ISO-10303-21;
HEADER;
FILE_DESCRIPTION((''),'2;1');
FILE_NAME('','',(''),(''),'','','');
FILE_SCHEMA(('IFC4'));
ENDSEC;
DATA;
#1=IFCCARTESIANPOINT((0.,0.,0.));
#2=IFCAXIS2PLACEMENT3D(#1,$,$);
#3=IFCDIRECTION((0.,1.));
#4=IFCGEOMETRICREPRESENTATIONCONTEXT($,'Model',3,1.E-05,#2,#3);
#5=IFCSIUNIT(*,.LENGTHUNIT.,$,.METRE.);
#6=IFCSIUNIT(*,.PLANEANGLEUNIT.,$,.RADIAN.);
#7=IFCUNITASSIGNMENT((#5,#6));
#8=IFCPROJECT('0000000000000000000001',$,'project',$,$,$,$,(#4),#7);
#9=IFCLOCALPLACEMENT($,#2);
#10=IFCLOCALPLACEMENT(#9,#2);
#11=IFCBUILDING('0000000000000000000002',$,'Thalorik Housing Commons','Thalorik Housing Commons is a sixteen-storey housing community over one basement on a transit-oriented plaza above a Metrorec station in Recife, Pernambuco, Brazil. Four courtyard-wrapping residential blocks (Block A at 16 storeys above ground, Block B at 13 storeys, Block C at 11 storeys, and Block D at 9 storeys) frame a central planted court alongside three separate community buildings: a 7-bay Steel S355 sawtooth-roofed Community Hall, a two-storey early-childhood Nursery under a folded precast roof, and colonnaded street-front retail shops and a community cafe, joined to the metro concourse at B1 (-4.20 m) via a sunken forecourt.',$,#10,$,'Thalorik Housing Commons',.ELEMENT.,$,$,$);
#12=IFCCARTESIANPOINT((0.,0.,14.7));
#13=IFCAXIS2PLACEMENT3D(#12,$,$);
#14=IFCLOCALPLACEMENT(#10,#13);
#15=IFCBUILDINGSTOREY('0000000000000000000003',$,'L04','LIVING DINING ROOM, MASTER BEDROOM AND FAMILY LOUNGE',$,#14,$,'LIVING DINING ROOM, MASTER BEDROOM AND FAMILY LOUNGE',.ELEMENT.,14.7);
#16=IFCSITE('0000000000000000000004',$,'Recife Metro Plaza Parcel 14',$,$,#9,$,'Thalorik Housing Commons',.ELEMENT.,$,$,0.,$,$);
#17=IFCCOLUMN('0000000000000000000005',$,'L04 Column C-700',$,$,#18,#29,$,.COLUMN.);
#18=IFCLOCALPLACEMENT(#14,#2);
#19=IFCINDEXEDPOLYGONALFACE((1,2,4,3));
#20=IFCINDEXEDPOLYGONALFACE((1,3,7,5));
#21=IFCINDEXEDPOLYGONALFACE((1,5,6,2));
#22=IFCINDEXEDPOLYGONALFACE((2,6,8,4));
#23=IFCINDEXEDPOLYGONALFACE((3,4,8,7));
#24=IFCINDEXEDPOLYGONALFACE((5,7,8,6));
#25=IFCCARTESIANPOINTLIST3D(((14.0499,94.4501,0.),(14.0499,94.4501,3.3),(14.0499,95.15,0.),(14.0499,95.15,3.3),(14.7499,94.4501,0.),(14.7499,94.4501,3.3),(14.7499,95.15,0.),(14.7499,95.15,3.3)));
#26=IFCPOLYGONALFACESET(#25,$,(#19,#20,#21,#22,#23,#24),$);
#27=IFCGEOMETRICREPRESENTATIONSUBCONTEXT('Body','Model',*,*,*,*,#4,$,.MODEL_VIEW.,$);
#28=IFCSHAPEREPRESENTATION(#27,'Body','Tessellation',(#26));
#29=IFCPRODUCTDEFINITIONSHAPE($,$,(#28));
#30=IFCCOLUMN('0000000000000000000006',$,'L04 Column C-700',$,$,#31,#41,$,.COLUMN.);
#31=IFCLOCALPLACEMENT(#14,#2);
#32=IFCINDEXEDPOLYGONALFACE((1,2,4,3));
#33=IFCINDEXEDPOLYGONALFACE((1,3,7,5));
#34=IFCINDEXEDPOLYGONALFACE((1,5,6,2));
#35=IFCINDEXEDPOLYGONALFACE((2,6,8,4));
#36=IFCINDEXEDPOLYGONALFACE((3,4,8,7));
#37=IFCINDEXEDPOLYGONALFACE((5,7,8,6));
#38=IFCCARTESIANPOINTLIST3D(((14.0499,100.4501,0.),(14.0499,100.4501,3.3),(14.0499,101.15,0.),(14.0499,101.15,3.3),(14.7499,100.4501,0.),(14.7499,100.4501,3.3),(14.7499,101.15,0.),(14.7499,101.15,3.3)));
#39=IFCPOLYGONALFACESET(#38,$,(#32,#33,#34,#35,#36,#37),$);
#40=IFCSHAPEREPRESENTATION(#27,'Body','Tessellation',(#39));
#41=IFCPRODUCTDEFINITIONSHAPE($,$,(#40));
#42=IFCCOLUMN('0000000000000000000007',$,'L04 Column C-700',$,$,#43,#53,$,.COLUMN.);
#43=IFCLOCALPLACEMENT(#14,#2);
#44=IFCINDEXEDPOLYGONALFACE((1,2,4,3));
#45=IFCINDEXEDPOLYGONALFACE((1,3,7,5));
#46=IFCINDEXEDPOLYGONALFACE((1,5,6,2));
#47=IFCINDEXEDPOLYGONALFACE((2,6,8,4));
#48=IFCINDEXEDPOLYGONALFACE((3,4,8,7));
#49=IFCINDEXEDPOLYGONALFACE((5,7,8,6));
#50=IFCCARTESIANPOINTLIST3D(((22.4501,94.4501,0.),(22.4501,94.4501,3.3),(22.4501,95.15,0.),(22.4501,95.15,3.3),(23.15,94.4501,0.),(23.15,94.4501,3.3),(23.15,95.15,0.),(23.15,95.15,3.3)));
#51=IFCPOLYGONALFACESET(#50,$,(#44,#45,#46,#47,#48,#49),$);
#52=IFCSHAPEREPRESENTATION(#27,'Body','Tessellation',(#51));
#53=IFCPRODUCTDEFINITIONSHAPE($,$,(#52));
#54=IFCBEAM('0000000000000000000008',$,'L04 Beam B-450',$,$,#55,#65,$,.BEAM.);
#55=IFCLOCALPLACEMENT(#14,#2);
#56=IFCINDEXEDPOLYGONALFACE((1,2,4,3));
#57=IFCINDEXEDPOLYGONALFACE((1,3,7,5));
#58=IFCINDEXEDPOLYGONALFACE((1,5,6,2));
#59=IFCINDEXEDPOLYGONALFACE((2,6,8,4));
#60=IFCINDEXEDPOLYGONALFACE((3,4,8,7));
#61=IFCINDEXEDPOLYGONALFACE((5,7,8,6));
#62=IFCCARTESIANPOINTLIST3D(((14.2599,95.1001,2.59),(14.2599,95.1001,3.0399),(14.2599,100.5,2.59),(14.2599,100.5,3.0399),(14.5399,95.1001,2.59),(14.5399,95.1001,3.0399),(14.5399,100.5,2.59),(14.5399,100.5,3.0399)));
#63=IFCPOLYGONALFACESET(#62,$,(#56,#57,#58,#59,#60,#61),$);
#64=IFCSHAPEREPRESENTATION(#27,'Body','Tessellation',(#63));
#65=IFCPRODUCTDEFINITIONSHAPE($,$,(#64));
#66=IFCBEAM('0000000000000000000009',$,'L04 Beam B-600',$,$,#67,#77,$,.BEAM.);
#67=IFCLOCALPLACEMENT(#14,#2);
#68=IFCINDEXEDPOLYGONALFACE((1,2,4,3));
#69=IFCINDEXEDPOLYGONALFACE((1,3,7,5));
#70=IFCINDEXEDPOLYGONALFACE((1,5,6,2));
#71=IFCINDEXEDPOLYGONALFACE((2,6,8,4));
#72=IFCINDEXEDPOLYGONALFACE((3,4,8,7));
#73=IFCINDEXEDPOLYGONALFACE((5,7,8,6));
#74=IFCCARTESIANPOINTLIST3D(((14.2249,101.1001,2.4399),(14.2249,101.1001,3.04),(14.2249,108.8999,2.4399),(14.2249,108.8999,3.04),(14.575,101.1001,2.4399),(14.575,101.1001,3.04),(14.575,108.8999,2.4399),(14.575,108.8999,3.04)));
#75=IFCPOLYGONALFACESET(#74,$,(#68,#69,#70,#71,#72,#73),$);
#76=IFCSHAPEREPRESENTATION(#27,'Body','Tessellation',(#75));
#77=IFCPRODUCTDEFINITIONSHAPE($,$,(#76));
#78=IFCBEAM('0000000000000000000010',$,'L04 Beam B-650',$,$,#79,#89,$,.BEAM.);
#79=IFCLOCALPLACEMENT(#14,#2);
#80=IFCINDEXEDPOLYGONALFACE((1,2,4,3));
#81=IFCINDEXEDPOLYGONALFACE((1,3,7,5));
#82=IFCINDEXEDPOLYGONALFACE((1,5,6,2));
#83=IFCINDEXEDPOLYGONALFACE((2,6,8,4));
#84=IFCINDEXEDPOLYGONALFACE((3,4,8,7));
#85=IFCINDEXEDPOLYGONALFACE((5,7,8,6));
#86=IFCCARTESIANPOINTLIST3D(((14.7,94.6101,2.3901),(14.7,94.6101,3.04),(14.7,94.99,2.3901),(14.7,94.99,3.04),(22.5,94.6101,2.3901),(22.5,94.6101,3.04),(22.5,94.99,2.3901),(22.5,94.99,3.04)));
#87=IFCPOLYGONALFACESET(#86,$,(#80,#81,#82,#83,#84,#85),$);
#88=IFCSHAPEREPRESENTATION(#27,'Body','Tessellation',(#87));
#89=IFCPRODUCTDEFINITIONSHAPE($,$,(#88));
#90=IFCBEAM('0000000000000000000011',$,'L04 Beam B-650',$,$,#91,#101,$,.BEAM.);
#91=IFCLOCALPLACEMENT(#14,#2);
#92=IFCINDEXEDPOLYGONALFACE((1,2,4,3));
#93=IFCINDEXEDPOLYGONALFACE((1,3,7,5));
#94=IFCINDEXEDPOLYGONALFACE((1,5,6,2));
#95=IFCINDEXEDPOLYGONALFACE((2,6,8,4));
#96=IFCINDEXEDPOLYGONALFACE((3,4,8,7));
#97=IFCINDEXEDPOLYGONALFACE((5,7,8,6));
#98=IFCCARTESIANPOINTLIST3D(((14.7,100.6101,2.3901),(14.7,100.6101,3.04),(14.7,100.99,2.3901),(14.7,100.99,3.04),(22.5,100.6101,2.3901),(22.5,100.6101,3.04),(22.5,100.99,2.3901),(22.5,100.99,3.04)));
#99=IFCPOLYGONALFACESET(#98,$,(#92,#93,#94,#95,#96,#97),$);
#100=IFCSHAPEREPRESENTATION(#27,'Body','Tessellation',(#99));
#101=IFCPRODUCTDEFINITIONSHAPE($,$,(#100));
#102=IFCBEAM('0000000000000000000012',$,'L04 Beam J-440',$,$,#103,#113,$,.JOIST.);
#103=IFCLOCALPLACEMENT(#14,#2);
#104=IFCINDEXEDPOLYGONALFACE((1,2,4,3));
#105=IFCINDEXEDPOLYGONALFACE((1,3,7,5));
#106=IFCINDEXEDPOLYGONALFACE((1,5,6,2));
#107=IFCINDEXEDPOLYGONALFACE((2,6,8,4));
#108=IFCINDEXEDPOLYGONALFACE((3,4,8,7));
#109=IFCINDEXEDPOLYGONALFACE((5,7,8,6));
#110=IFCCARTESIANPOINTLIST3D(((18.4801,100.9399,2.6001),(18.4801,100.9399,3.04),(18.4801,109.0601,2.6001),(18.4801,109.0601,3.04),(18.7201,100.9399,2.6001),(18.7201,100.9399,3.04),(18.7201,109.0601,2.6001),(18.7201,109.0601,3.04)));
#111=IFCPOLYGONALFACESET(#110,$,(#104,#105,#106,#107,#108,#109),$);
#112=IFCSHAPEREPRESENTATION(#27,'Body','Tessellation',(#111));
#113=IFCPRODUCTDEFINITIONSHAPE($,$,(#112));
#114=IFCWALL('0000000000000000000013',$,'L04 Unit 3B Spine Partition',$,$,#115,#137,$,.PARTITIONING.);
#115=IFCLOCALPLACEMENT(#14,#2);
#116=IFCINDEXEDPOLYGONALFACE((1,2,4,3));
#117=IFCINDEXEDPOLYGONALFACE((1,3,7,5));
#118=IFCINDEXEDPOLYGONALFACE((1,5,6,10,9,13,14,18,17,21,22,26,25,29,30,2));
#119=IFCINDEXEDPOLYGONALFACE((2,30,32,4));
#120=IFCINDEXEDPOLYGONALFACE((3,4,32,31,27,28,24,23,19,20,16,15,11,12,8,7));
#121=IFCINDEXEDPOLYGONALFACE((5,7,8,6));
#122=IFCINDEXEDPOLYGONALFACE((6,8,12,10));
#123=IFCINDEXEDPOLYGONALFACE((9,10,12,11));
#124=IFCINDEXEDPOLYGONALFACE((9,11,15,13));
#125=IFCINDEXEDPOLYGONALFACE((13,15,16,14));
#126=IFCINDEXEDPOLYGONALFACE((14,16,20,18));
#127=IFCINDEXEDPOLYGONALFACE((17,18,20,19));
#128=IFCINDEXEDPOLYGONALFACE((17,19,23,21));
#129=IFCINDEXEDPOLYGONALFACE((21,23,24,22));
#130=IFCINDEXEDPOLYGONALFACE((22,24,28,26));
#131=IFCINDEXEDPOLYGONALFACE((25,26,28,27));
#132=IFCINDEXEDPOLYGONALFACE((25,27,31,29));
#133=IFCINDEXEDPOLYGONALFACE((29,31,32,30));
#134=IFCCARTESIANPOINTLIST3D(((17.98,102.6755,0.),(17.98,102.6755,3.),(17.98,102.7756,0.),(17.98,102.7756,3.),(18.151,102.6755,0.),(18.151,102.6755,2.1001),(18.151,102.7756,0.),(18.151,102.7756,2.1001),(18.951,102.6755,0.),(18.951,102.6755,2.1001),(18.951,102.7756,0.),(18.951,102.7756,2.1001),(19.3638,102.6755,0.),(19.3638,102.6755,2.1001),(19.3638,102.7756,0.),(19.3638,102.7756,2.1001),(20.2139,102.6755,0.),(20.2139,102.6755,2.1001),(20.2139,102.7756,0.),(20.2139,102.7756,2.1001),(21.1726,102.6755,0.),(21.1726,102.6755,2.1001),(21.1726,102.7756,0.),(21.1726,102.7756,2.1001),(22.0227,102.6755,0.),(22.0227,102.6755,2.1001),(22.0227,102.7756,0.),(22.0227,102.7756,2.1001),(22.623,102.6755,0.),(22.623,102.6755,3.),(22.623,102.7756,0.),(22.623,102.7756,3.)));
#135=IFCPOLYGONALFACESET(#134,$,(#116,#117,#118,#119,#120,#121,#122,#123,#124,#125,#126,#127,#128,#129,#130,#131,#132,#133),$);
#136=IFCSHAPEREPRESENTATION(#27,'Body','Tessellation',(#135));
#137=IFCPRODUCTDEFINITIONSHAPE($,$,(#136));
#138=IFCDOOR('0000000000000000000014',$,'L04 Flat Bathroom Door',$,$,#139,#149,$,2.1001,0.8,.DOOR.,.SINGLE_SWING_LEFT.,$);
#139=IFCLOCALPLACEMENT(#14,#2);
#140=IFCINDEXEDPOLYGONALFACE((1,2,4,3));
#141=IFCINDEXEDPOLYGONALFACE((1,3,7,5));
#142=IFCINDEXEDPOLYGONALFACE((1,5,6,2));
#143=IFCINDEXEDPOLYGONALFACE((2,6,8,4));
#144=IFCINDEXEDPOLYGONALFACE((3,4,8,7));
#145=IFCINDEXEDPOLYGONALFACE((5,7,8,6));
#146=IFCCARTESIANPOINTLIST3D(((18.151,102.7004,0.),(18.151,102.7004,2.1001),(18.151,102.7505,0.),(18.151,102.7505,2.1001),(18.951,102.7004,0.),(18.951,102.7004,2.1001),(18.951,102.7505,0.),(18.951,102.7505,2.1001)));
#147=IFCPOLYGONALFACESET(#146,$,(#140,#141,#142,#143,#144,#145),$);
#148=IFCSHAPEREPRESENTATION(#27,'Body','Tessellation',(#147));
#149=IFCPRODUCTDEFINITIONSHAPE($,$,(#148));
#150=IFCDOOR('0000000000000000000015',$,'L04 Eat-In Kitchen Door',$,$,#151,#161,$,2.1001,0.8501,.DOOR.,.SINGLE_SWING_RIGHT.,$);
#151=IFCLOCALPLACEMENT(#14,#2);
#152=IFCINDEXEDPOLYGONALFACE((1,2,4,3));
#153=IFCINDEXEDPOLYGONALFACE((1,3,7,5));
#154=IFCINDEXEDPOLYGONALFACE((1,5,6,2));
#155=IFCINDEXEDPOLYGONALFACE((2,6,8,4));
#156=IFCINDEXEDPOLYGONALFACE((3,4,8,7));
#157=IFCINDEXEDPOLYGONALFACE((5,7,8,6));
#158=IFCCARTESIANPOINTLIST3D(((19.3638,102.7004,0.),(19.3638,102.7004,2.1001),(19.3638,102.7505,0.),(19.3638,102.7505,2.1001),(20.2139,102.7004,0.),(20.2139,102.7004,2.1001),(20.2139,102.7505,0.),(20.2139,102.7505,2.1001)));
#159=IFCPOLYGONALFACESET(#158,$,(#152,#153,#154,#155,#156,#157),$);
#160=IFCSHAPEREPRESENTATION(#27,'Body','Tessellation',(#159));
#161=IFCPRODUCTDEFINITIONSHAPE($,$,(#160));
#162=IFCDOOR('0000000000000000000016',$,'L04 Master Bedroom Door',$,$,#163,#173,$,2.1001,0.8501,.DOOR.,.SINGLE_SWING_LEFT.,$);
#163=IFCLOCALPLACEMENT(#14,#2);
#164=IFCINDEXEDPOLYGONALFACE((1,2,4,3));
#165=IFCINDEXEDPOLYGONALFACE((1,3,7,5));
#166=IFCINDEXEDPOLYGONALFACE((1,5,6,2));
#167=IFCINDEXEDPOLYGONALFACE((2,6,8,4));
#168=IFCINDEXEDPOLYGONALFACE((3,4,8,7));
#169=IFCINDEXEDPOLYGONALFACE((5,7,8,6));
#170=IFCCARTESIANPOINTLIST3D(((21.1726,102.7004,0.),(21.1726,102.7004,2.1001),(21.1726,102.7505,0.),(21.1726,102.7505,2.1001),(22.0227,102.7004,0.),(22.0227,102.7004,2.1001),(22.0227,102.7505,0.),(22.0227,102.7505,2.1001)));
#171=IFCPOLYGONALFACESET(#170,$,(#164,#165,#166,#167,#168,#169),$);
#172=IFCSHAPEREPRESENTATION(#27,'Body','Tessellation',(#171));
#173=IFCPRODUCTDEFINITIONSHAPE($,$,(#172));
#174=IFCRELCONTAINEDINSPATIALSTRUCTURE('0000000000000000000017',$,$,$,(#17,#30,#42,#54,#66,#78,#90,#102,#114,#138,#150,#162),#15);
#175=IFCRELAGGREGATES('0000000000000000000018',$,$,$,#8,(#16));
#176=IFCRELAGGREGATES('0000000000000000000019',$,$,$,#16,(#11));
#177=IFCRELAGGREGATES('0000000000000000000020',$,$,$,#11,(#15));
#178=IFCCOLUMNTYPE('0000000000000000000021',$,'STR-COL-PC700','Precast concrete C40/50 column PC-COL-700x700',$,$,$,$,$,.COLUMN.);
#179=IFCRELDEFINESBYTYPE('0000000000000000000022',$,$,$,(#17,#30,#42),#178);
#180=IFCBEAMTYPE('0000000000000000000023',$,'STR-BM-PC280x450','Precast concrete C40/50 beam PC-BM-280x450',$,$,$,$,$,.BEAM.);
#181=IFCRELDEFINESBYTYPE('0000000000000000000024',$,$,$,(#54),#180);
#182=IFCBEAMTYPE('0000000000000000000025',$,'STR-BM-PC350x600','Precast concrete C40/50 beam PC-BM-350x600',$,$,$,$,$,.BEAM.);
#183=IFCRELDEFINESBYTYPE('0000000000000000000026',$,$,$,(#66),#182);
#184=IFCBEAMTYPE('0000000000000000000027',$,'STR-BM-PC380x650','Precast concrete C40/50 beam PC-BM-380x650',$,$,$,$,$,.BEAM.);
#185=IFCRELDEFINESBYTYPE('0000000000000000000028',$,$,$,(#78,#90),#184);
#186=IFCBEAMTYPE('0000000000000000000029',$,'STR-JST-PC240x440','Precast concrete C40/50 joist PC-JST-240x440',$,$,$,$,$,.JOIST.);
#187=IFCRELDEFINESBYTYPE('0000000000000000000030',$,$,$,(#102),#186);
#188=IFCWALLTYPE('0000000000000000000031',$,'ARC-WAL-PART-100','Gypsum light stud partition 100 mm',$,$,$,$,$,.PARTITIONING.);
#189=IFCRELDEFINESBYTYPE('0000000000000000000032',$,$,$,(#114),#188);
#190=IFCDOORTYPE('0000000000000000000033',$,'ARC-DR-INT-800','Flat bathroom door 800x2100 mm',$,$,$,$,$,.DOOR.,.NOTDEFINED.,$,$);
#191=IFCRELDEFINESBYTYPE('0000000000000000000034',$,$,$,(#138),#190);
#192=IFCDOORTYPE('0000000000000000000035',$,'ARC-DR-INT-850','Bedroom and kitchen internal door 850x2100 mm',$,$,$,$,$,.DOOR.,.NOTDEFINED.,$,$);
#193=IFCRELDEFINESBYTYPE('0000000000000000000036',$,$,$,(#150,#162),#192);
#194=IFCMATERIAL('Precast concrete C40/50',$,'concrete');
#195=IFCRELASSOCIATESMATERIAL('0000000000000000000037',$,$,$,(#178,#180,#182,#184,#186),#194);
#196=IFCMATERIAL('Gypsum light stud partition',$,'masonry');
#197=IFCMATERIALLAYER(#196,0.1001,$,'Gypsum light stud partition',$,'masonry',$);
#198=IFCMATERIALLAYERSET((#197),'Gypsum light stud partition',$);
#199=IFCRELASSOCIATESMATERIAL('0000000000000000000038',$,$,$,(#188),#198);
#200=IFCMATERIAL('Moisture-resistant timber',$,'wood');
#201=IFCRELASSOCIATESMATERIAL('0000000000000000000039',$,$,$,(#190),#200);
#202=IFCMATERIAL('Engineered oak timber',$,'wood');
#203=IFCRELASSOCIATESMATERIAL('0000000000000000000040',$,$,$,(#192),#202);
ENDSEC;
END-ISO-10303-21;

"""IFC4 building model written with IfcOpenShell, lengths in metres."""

from ifc_helpers import new_model, si_unit, direction, frame, frame_2d, origin, origin_2d, place, context, subcontext, project, spatial, rectangle, extrude, material, layer, layer_set, material_profile, profile_set, type_object, element, fill, save


model = new_model("IFC4")

# Units and contexts
model_context = context("Model", 3, precision=1e-05, world=origin(), true_north=direction((0.0, 1.0)))
body_context = subcontext(model_context, "Body", "Model", "MODEL_VIEW")
ifc_project = project(units=[si_unit("LENGTHUNIT", "METRE"), si_unit("PLANEANGLEUNIT", "RADIAN")], contexts=[model_context])

# Site, building, storey
site_placement = place(None, origin())
site = spatial("IfcSite", under=ifc_project, at=site_placement, Name="Recife Metro Plaza Parcel 14", LongName="Thalorik Housing Commons", CompositionType="ELEMENT", RefElevation=0.0)
building_placement = place(site_placement, origin())
building = spatial("IfcBuilding", under=site, at=building_placement, Name="Thalorik Housing Commons", Description="Thalorik Housing Commons is a sixteen-storey housing community over one basement on a transit-oriented plaza above a Metrorec station in Recife, Pernambuco, Brazil. Four courtyard-wrapping residential blocks (Block A at 16 storeys above ground, Block B at 13 storeys, Block C at 11 storeys, and Block D at 9 storeys) frame a central planted court alongside three separate community buildings: a 7-bay Steel S355 sawtooth-roofed Community Hall, a two-storey early-childhood Nursery under a folded precast roof, and colonnaded street-front retail shops and a community cafe, joined to the metro concourse at B1 (-4.20 m) via a sunken forecourt.", LongName="Thalorik Housing Commons", CompositionType="ELEMENT")
storey_placement = place(building_placement, frame((0.0, 0.0, 14.7)))
storey = spatial("IfcBuildingStorey", under=building, at=storey_placement, Name="L04", Description="LIVING DINING ROOM, MASTER BEDROOM AND FAMILY LOUNGE", LongName="LIVING DINING ROOM, MASTER BEDROOM AND FAMILY LOUNGE", CompositionType="ELEMENT", Elevation=14.7)

# Columns
ifc_material_1 = material(Name="Precast concrete C40/50", Category="concrete")
ifc_material_profile_1 = material_profile(ifc_material_1, rectangle(XDim=0.7, YDim=0.7, at=origin_2d()), Name="PC 700x700", Category="concrete")
ifc_profile_set_1 = profile_set([ifc_material_profile_1], Name="Precast concrete C40/50")
column_type = type_object("IfcColumnType", Name="STR-COL-PC700", Description="Precast concrete C40/50 column PC-COL-700x700", PredefinedType="COLUMN", material=ifc_profile_set_1)
for number, where, z_axis, x_axis, name in (
    (1, (14.3999, 94.8, 0.0), (0.0, 0.0, 1.0), (1.0, 0.0, 0.0), "L04 Column C-700"),
    (2, (14.3999, 100.8, 0.0), (0.0, 0.0, 1.0), (1.0, 0.0, 0.0), "L04 Column C-700"),
    (3, (22.8, 94.8, 0.0), (0.0, 0.0, 1.0), (1.0, 0.0, 0.0), "L04 Column C-700"),
):
    element("IfcColumn", number, at=place(storey_placement, frame(where, z_axis=z_axis, x_axis=x_axis)), inside=storey, type_object=column_type, Name=name, PredefinedType="COLUMN", context=body_context, shape_type="SweptSolid", body=[
        extrude(rectangle(XDim=0.7, YDim=0.7, at=origin_2d()), origin(), (0.0, 0.0, 1.0), 3.3),
    ])

# Beams
ifc_material_profile_2 = material_profile(ifc_material_1, rectangle(XDim=0.28, YDim=0.45, at=origin_2d()), Name="PC 280x450", Category="concrete")
ifc_profile_set_2 = profile_set([ifc_material_profile_2], Name="Precast concrete C40/50")
beam_type_1 = type_object("IfcBeamType", Name="STR-BM-PC280x450", Description="Precast concrete C40/50 beam PC-BM-280x450", PredefinedType="BEAM", material=ifc_profile_set_2)
beam_1_placement = place(storey_placement, frame((14.3999, 95.1001, 2.8149), z_axis=(0.0, 1.0, 0.0), x_axis=(-1.0, 0.0, 0.0)))
element("IfcBeam", 4, at=beam_1_placement, inside=storey, type_object=beam_type_1, Name="L04 Beam B-450", PredefinedType="BEAM", context=body_context, shape_type="SweptSolid", body=[
    extrude(rectangle(XDim=0.28, YDim=0.45, at=origin_2d()), origin(), (0.0, 0.0, 1.0), 5.3999),
])
ifc_material_profile_3 = material_profile(ifc_material_1, rectangle(XDim=0.3501, YDim=0.6001, at=origin_2d()), Name="PC 350x600", Category="concrete")
ifc_profile_set_3 = profile_set([ifc_material_profile_3], Name="Precast concrete C40/50")
beam_type_2 = type_object("IfcBeamType", Name="STR-BM-PC350x600", Description="Precast concrete C40/50 beam PC-BM-350x600", PredefinedType="BEAM", material=ifc_profile_set_3)
beam_2_placement = place(storey_placement, frame((14.3999, 101.1001, 2.74), z_axis=(0.0, 1.0, 0.0), x_axis=(-1.0, 0.0, 0.0)))
element("IfcBeam", 5, at=beam_2_placement, inside=storey, type_object=beam_type_2, Name="L04 Beam B-600", PredefinedType="BEAM", context=body_context, shape_type="SweptSolid", body=[
    extrude(rectangle(XDim=0.3501, YDim=0.6001, at=origin_2d()), origin(), (0.0, 0.0, 1.0), 7.7998),
])
ifc_material_profile_4 = material_profile(ifc_material_1, rectangle(XDim=0.3799, YDim=0.6499, at=origin_2d()), Name="PC 380x650", Category="concrete")
ifc_profile_set_4 = profile_set([ifc_material_profile_4], Name="Precast concrete C40/50")
beam_type_3 = type_object("IfcBeamType", Name="STR-BM-PC380x650", Description="Precast concrete C40/50 beam PC-BM-380x650", PredefinedType="BEAM", material=ifc_profile_set_4)
for number, where, z_axis, x_axis, name in (
    (6, (14.7, 94.8, 2.7151), (1.0, 0.0, 0.0), (0.0, 1.0, 0.0), "L04 Beam B-650"),
    (7, (14.7, 100.8, 2.7151), (1.0, 0.0, 0.0), (0.0, 1.0, 0.0), "L04 Beam B-650"),
):
    element("IfcBeam", number, at=place(storey_placement, frame(where, z_axis=z_axis, x_axis=x_axis)), inside=storey, type_object=beam_type_3, Name=name, PredefinedType="BEAM", context=body_context, shape_type="SweptSolid", body=[
        extrude(rectangle(XDim=0.3799, YDim=0.6499, at=origin_2d()), origin(), (0.0, 0.0, 1.0), 7.8),
    ])
ifc_material_profile_5 = material_profile(ifc_material_1, rectangle(XDim=0.24, YDim=0.4399, at=origin_2d()), Name="PC JST 240x440", Category="concrete")
ifc_profile_set_5 = profile_set([ifc_material_profile_5], Name="Precast concrete C40/50")
beam_type_4 = type_object("IfcBeamType", Name="STR-JST-PC240x440", Description="Precast concrete C40/50 joist PC-JST-240x440", PredefinedType="JOIST", material=ifc_profile_set_5)
beam_3_placement = place(storey_placement, frame((18.6001, 100.9399, 2.8201), z_axis=(0.0, 1.0, 0.0), x_axis=(-1.0, 0.0, 0.0)))
element("IfcBeam", 8, at=beam_3_placement, inside=storey, type_object=beam_type_4, Name="L04 Beam J-440", PredefinedType="JOIST", context=body_context, shape_type="SweptSolid", body=[
    extrude(rectangle(XDim=0.24, YDim=0.4399, at=origin_2d()), origin(), (0.0, 0.0, 1.0), 8.1201),
])

# Wall, openings, doors
ifc_material_2 = material(Name="Gypsum light stud partition", Category="masonry")
ifc_layer_1 = layer(ifc_material_2, 0.1001, Name="Gypsum light stud partition", Category="masonry")
ifc_layer_set_1 = layer_set([ifc_layer_1], Name="Gypsum light stud partition")
wall_type_1 = type_object("IfcWallType", Name="ARC-WAL-PART-100", Description="Gypsum light stud partition 100 mm", PredefinedType="PARTITIONING", material=ifc_layer_set_1)
wall_1_placement = place(storey_placement, frame((17.98, 102.7256, 0.0), z_axis=(0.0, 0.0, 1.0), x_axis=(1.0, 0.0, 0.0)))
wall_1 = element("IfcWall", 9, at=wall_1_placement, inside=storey, type_object=wall_type_1, Name="L04 Unit 3B Spine Partition", PredefinedType="PARTITIONING", context=body_context, shape_type="SweptSolid", body=[
    extrude(rectangle(XDim=4.6431, YDim=0.1001, at=frame_2d((2.3215, 0.0))), origin(), (0.0, 0.0, 1.0), 3.0),
])
opening_1_placement = place(wall_1_placement, frame((0.1711, 0.0, 0.0)))
opening_1 = element("IfcOpeningElement", 10, at=opening_1_placement, cuts=wall_1, PredefinedType="OPENING", context=body_context, shape_type="SweptSolid", body=[
    extrude(rectangle(XDim=0.8, YDim=2.1001, at=frame_2d((0.3999, 1.05))), frame((0.0, 0.0601, 0.0), z_axis=(0.0, -1.0, 0.0), x_axis=(1.0, 0.0, 0.0)), (0.0, 0.0, 1.0), 0.1201),
])
opening_2_placement = place(wall_1_placement, frame((1.3838, 0.0, 0.0)))
opening_2 = element("IfcOpeningElement", 11, at=opening_2_placement, cuts=wall_1, PredefinedType="OPENING", context=body_context, shape_type="SweptSolid", body=[
    extrude(rectangle(XDim=0.8501, YDim=2.1001, at=frame_2d((0.425, 1.05))), frame((0.0, 0.0601, 0.0), z_axis=(0.0, -1.0, 0.0), x_axis=(1.0, 0.0, 0.0)), (0.0, 0.0, 1.0), 0.1201),
])
opening_3_placement = place(wall_1_placement, frame((3.1926, 0.0, 0.0)))
opening_3 = element("IfcOpeningElement", 12, at=opening_3_placement, cuts=wall_1, PredefinedType="OPENING", context=body_context, shape_type="SweptSolid", body=[
    extrude(rectangle(XDim=0.8501, YDim=2.1001, at=frame_2d((0.425, 1.05))), frame((0.0, 0.0601, 0.0), z_axis=(0.0, -1.0, 0.0), x_axis=(1.0, 0.0, 0.0)), (0.0, 0.0, 1.0), 0.1201),
])
ifc_material_3 = material(Name="Moisture-resistant timber", Category="wood")
door_type_1 = type_object("IfcDoorType", Name="ARC-DR-INT-800", Description="Flat bathroom door 800x2100 mm", OperationType="NOTDEFINED", PredefinedType="DOOR", material=ifc_material_3)
door_1_placement = place(opening_1_placement, origin())
door_1 = element("IfcDoor", 13, at=door_1_placement, inside=storey, type_object=door_type_1, Name="L04 Flat Bathroom Door", OperationType="SINGLE_SWING_LEFT", OverallHeight=2.1001, OverallWidth=0.8, PredefinedType="DOOR", context=body_context, shape_type="SweptSolid", body=[
    extrude(rectangle(XDim=0.8, YDim=2.1001, at=frame_2d((0.3999, 1.05))), frame((0.0, 0.0249, 0.0), z_axis=(0.0, -1.0, 0.0), x_axis=(1.0, 0.0, 0.0)), (0.0, 0.0, 1.0), 0.05),
])
fill(opening_1, door_1)
ifc_material_4 = material(Name="Engineered oak timber", Category="wood")
door_type_2 = type_object("IfcDoorType", Name="ARC-DR-INT-850", Description="Bedroom and kitchen internal door 850x2100 mm", OperationType="NOTDEFINED", PredefinedType="DOOR", material=ifc_material_4)
door_2_placement = place(opening_2_placement, origin())
door_2 = element("IfcDoor", 14, at=door_2_placement, inside=storey, type_object=door_type_2, Name="L04 Eat-In Kitchen Door", OperationType="SINGLE_SWING_RIGHT", OverallHeight=2.1001, OverallWidth=0.8501, PredefinedType="DOOR", context=body_context, shape_type="SweptSolid", body=[
    extrude(rectangle(XDim=0.8501, YDim=2.1001, at=frame_2d((0.425, 1.05))), frame((0.0, 0.0249, 0.0), z_axis=(0.0, -1.0, 0.0), x_axis=(1.0, 0.0, 0.0)), (0.0, 0.0, 1.0), 0.05),
])
fill(opening_2, door_2)
door_3_placement = place(opening_3_placement, origin())
door_3 = element("IfcDoor", 15, at=door_3_placement, inside=storey, type_object=door_type_2, Name="L04 Master Bedroom Door", OperationType="SINGLE_SWING_LEFT", OverallHeight=2.1001, OverallWidth=0.8501, PredefinedType="DOOR", context=body_context, shape_type="SweptSolid", body=[
    extrude(rectangle(XDim=0.8501, YDim=2.1001, at=frame_2d((0.425, 1.05))), frame((0.0, 0.0249, 0.0), z_axis=(0.0, -1.0, 0.0), x_axis=(1.0, 0.0, 0.0)), (0.0, 0.0, 1.0), 0.05),
])
fill(opening_3, door_3)

save(model, "model.ifc")
